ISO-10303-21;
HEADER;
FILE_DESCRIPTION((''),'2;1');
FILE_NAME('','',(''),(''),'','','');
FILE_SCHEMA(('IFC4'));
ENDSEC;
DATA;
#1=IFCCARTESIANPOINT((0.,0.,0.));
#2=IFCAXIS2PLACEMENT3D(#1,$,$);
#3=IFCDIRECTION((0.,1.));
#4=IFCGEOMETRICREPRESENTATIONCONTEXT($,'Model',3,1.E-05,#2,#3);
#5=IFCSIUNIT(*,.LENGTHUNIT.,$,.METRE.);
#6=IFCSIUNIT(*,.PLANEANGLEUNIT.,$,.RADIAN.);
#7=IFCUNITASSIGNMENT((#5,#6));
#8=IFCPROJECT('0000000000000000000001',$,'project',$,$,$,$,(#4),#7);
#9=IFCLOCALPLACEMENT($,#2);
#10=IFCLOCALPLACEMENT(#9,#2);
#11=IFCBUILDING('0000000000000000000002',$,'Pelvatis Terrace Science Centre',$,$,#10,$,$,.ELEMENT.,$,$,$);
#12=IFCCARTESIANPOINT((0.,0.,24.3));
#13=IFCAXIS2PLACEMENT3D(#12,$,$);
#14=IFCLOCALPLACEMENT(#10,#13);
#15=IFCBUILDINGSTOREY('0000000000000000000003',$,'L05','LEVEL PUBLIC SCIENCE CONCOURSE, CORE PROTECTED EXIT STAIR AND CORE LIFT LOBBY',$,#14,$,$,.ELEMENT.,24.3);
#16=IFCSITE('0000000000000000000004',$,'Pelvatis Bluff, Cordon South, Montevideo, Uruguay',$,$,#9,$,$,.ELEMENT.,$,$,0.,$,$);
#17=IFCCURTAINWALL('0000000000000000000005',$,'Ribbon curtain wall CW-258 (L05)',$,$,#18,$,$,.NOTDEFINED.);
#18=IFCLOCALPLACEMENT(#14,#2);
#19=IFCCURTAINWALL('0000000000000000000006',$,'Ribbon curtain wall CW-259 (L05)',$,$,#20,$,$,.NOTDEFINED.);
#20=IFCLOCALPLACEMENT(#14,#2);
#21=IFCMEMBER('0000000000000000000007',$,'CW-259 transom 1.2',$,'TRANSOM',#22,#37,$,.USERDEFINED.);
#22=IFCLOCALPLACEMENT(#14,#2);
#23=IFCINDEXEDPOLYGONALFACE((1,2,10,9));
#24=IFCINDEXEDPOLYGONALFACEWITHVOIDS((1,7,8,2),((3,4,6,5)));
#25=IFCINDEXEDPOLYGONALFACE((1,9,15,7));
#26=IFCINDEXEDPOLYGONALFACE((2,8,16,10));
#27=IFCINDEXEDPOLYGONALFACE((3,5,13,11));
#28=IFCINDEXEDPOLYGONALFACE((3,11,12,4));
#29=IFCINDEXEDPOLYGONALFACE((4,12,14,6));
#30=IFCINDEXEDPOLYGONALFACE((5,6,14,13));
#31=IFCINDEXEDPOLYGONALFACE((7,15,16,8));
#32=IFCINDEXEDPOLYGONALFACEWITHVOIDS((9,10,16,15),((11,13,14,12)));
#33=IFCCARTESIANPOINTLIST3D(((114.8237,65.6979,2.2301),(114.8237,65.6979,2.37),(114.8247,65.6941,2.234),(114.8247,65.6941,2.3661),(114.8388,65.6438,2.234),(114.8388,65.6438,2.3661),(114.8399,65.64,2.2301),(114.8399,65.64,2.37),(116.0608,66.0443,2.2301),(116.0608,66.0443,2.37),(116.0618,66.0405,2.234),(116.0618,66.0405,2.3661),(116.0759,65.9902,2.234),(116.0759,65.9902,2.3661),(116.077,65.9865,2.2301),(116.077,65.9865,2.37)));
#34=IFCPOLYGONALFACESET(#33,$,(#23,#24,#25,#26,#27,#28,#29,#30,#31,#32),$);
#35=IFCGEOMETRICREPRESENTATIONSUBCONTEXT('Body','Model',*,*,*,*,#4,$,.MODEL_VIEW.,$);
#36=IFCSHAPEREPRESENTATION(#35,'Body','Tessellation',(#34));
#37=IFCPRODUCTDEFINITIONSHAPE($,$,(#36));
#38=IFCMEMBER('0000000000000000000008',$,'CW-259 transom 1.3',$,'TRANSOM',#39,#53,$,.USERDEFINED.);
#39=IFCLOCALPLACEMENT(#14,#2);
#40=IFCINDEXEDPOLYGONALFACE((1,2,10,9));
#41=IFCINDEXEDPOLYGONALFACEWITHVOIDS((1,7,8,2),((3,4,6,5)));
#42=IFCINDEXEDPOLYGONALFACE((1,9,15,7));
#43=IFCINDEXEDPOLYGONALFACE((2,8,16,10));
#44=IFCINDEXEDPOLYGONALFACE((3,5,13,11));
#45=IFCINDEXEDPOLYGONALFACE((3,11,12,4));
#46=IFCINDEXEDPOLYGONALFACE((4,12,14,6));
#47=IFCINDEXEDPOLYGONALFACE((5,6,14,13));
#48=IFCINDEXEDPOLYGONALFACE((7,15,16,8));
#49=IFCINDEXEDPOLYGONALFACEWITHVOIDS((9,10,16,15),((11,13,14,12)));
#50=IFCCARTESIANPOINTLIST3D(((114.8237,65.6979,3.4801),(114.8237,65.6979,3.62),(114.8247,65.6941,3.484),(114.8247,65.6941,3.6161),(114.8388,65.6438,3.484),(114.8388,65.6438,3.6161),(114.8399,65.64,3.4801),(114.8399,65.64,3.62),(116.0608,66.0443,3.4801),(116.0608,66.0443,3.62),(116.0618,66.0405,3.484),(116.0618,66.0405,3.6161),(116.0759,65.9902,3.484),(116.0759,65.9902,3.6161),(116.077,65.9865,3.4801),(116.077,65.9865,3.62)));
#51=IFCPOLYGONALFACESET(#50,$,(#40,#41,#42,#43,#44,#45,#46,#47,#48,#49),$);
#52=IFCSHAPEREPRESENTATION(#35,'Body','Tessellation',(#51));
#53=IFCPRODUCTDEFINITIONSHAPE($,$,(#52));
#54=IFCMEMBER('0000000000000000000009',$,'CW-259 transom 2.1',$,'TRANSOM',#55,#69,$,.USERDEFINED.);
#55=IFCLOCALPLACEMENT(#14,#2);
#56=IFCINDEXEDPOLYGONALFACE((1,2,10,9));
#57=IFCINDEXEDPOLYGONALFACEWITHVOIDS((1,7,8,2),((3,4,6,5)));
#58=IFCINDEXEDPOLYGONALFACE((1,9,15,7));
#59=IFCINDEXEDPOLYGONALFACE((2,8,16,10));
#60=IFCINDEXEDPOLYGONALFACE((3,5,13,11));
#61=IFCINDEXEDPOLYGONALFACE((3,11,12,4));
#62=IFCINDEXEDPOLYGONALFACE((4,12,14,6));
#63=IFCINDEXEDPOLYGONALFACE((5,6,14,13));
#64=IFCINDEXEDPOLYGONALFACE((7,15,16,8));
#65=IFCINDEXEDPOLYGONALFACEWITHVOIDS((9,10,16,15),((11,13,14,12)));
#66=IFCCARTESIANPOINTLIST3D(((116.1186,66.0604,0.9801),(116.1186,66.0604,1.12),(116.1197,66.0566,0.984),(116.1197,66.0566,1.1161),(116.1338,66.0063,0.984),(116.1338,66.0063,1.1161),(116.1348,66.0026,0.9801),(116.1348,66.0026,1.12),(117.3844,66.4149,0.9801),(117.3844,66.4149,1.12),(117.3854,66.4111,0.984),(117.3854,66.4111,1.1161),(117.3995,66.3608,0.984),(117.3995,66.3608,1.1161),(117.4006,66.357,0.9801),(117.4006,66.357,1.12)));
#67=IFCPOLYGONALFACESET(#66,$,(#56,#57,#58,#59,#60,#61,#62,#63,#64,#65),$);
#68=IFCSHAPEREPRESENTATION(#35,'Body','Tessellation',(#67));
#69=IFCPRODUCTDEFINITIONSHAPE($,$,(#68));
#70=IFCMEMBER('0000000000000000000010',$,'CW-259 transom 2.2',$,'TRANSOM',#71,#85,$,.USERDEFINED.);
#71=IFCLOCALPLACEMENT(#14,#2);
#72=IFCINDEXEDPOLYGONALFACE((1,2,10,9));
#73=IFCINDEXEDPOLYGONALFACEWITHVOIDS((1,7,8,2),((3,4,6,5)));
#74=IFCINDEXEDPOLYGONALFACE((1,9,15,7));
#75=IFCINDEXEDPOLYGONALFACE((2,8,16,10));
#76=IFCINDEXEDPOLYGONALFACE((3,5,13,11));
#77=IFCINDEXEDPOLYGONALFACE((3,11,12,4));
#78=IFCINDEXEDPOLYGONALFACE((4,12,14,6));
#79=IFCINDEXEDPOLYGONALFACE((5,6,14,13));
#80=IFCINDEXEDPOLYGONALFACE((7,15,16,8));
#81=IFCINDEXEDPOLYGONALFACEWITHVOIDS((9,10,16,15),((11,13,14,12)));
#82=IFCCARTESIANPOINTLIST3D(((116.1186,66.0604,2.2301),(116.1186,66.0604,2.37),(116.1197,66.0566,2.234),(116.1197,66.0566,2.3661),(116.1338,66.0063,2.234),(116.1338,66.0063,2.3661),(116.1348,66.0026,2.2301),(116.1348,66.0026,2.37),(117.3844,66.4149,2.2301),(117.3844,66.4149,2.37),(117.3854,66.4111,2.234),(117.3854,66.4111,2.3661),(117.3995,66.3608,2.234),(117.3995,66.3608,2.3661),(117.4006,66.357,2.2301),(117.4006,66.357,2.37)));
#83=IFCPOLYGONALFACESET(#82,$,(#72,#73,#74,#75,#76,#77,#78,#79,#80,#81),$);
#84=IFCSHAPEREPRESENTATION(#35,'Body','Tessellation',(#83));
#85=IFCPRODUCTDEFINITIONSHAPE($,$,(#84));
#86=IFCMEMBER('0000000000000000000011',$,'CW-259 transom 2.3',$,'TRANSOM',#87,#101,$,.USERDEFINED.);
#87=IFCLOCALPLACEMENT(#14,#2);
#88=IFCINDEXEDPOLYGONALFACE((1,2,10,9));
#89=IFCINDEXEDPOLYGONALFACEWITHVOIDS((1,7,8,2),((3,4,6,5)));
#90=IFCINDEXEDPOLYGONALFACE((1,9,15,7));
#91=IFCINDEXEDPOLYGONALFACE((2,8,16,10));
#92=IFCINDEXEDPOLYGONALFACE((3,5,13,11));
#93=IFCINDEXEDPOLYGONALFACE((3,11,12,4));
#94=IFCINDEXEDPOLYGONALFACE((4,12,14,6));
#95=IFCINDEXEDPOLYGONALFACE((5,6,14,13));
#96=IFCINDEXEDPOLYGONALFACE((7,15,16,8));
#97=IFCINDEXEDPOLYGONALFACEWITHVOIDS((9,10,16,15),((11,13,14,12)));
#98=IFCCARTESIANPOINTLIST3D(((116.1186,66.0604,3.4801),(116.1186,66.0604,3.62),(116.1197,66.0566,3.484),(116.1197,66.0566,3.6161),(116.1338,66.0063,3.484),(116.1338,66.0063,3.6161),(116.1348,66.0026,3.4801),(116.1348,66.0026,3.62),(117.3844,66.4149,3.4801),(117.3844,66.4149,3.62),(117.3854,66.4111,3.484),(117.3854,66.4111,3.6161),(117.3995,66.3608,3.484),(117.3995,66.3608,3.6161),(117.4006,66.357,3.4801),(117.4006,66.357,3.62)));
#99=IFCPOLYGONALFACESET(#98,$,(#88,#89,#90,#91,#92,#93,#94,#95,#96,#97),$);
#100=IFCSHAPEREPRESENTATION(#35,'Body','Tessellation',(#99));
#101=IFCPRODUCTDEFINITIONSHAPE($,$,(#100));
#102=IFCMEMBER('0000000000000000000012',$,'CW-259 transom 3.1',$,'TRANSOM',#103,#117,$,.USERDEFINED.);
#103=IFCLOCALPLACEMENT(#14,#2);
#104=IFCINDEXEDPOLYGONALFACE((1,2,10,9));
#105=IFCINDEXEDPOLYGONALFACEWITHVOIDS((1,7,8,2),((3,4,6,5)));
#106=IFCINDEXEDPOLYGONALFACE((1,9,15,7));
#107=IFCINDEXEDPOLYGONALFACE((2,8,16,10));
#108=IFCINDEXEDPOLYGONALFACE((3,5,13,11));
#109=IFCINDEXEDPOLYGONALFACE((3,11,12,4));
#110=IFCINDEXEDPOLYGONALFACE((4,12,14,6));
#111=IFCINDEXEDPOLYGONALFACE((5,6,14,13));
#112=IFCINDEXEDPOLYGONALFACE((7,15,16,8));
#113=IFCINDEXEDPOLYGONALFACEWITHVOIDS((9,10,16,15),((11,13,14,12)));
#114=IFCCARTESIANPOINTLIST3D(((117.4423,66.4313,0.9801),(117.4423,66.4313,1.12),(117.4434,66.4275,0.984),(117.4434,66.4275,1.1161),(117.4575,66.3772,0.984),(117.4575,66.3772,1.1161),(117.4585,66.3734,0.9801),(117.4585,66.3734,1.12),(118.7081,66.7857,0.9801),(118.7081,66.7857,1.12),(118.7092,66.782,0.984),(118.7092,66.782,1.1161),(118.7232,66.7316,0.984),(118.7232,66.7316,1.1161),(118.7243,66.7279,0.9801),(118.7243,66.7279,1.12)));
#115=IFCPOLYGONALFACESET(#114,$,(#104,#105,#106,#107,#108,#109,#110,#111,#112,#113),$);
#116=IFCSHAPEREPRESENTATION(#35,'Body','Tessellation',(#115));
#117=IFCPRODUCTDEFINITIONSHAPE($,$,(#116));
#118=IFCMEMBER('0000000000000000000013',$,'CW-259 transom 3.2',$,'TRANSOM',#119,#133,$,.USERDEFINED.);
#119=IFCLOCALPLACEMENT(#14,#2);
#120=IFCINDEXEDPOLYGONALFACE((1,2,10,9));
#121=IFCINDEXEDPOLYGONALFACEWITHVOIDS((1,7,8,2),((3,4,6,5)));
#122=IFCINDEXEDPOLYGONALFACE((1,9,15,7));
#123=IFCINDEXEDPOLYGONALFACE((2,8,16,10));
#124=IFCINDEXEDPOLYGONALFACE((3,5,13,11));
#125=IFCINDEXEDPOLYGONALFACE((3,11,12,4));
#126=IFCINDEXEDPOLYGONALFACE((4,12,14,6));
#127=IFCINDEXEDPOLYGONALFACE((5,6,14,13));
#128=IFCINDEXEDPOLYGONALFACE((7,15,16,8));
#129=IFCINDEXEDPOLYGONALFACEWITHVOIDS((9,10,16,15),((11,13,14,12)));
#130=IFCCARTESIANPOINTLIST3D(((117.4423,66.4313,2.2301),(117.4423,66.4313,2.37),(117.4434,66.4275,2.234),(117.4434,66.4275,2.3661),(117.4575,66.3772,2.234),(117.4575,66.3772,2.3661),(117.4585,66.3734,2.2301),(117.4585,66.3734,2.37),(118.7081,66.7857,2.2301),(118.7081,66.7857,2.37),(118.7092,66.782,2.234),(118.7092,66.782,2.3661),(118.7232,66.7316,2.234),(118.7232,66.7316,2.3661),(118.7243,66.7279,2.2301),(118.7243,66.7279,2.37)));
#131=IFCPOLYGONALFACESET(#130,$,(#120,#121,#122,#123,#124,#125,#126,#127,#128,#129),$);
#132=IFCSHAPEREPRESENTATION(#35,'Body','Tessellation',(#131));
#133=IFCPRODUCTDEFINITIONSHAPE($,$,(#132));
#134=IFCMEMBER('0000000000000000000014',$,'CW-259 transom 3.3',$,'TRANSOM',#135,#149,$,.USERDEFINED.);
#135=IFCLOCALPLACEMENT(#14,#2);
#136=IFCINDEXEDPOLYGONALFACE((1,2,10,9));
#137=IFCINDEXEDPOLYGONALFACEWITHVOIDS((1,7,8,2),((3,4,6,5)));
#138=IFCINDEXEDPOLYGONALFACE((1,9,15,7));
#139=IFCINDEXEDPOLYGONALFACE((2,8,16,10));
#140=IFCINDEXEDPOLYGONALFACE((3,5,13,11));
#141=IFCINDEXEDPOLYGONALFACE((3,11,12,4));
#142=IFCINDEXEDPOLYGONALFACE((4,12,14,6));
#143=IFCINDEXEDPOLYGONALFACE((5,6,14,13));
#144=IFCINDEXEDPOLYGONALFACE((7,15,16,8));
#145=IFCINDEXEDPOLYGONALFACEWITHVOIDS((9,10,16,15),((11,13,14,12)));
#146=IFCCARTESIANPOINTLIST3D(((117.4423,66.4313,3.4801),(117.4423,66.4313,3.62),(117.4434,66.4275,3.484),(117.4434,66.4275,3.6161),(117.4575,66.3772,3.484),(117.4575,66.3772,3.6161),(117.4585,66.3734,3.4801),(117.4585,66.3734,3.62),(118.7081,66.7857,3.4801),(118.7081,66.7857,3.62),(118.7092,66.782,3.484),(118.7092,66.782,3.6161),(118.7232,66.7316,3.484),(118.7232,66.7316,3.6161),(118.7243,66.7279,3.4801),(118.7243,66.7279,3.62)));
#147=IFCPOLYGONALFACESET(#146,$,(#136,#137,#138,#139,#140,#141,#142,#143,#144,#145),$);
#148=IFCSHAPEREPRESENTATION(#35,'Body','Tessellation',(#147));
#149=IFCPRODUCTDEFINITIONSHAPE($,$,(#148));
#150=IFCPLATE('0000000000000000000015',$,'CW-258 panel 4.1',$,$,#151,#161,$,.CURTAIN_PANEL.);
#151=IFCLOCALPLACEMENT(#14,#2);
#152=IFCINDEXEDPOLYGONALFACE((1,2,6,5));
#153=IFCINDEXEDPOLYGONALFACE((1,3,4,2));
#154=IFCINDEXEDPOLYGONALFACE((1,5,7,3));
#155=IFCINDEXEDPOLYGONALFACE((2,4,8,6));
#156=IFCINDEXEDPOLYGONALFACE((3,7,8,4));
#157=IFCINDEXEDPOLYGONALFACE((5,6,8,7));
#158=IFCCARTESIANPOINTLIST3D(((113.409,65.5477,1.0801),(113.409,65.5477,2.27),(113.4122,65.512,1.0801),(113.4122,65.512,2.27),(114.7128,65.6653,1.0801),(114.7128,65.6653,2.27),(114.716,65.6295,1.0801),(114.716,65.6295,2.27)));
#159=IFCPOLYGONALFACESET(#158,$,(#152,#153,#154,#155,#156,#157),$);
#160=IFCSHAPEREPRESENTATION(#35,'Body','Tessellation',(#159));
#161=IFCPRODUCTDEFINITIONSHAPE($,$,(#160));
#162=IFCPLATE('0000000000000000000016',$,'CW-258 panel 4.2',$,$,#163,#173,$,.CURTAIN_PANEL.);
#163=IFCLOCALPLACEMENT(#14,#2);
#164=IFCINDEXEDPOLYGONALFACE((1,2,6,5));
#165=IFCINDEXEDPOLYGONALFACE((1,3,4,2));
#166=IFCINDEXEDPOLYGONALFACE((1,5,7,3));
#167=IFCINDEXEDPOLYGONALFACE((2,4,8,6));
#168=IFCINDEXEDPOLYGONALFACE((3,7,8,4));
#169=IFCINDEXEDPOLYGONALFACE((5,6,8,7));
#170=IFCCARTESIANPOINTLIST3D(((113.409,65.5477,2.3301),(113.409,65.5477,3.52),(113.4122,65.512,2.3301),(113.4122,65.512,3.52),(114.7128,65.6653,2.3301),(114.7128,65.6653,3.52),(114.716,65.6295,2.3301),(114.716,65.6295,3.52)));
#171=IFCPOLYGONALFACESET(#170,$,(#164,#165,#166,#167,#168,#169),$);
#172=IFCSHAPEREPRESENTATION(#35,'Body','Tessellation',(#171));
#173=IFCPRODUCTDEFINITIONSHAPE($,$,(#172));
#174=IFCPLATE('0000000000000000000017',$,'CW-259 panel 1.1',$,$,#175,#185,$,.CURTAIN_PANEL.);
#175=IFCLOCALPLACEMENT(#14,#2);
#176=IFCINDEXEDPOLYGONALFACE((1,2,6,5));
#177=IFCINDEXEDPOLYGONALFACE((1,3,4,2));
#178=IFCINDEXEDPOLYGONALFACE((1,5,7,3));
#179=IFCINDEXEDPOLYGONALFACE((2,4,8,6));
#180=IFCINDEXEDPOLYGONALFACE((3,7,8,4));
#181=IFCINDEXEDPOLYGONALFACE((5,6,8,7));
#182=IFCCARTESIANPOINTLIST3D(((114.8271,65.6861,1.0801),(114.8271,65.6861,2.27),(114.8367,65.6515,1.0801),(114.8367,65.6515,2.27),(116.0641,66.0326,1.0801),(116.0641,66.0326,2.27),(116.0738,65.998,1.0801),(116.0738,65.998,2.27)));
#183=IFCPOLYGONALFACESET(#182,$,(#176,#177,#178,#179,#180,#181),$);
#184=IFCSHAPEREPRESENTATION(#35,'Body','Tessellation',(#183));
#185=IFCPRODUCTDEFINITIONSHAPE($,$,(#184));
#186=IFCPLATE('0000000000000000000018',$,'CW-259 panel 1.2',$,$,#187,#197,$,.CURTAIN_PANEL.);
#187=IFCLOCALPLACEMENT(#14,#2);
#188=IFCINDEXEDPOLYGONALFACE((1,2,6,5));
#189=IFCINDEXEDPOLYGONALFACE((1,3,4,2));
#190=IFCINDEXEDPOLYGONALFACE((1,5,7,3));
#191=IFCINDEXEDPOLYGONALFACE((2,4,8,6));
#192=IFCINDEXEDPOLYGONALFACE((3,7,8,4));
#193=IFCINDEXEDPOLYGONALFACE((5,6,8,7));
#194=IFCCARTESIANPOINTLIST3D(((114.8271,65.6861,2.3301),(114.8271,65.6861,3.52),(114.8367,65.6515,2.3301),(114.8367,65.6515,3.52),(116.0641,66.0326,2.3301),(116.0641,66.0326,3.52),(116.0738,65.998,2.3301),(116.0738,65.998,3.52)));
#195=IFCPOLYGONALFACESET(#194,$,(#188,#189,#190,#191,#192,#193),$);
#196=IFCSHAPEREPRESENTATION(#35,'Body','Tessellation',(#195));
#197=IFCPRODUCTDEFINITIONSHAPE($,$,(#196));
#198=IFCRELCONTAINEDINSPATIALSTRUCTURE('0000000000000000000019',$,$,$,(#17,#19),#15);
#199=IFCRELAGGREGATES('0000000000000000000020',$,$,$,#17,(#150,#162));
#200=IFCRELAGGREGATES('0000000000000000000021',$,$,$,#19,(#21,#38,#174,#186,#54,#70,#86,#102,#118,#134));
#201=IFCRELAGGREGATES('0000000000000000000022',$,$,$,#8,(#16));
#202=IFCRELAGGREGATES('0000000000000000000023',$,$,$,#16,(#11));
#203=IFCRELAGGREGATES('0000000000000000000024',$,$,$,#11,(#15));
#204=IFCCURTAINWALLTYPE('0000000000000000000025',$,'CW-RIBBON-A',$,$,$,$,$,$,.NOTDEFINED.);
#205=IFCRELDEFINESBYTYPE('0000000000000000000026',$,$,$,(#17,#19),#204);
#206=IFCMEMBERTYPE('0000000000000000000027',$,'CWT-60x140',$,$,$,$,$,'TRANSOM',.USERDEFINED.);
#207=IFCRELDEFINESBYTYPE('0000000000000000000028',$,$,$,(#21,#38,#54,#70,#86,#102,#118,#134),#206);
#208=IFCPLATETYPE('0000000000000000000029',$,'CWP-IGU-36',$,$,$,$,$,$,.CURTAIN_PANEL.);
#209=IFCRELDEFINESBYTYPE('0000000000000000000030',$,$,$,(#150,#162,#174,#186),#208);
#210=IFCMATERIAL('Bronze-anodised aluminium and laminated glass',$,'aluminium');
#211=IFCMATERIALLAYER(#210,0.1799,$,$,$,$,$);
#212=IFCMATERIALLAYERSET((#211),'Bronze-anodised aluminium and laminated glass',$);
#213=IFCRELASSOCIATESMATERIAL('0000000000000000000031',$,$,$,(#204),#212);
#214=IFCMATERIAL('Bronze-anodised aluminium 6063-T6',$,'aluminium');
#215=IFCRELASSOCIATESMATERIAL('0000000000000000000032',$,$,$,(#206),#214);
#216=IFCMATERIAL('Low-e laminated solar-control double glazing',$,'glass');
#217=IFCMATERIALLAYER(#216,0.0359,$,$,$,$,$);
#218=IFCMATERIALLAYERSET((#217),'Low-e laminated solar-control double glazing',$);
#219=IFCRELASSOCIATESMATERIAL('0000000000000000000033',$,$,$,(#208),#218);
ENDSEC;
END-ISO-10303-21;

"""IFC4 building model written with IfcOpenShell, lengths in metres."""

from ifc_helpers import new_model, si_unit, direction, frame, origin, origin_2d, place, context, subcontext, project, spatial, rectangle, hollow_rectangle, extrude, material, layer, layer_set, material_profile, profile_set, type_object, element, aggregate, save


model = new_model("IFC4")

# Units and contexts
model_context = context("Model", 3, precision=1e-05, world=origin(), true_north=direction((0.0, 1.0)))
body_context = subcontext(model_context, "Body", "Model", "MODEL_VIEW")
ifc_project = project(units=[si_unit("LENGTHUNIT", "METRE"), si_unit("PLANEANGLEUNIT", "RADIAN")], contexts=[model_context])

# Site, building, storey
site_placement = place(None, origin())
site = spatial("IfcSite", under=ifc_project, at=site_placement, Name="Pelvatis Bluff, Cordon South, Montevideo, Uruguay", CompositionType="ELEMENT", RefElevation=0.0)
building_placement = place(site_placement, origin())
building = spatial("IfcBuilding", under=site, at=building_placement, Name="Pelvatis Terrace Science Centre", CompositionType="ELEMENT")
storey_placement = place(building_placement, frame((0.0, 0.0, 24.3)))
storey = spatial("IfcBuildingStorey", under=building, at=storey_placement, Name="L05", Description="LEVEL PUBLIC SCIENCE CONCOURSE, CORE PROTECTED EXIT STAIR AND CORE LIFT LOBBY", CompositionType="ELEMENT", Elevation=24.3)

# Curtain wall
ifc_material_1 = material(Name="Bronze-anodised aluminium and laminated glass", Category="aluminium")
ifc_layer_1 = layer(ifc_material_1, 0.1799)
ifc_layer_set_1 = layer_set([ifc_layer_1], Name="Bronze-anodised aluminium and laminated glass")
curtain_wall_type = type_object("IfcCurtainWallType", Name="CW-RIBBON-A", PredefinedType="NOTDEFINED", material=ifc_layer_set_1)
curtain_wall_1_placement = place(storey_placement, origin())
curtain_wall_1 = element("IfcCurtainWall", 1, at=curtain_wall_1_placement, inside=storey, type_object=curtain_wall_type, Name="Ribbon curtain wall CW-258 (L05)", PredefinedType="NOTDEFINED")

# Curtain wall
curtain_wall_2_placement = place(storey_placement, origin())
curtain_wall_2 = element("IfcCurtainWall", 2, at=curtain_wall_2_placement, inside=storey, type_object=curtain_wall_type, Name="Ribbon curtain wall CW-259 (L05)", PredefinedType="NOTDEFINED")

# Members
ifc_material_2 = material(Name="Bronze-anodised aluminium 6063-T6", Category="aluminium")
ifc_material_profile_1 = material_profile(ifc_material_2, hollow_rectangle(XDim=0.0601, YDim=0.1399, WallThickness=0.0039, at=origin_2d()), Name="ALU-TRN 60x140")
ifc_profile_set_1 = profile_set([ifc_material_profile_1], Name="Bronze-anodised aluminium 6063-T6")
member_type_1 = type_object("IfcMemberType", Name="CWT-60x140", ElementType="TRANSOM", PredefinedType="USERDEFINED", material=ifc_profile_set_1)
member_1_placement = place(storey_placement, frame((114.8318, 65.6689, 2.3), z_axis=(0.962952, 0.269672, 0.0), x_axis=(-0.269672, 0.962952, 0.0)))
member_1 = element("IfcMember", 3, at=member_1_placement, type_object=member_type_1, Name="CW-259 transom 1.2", ObjectType="TRANSOM", PredefinedType="USERDEFINED", context=body_context, shape_type="SweptSolid", body=[
    extrude(hollow_rectangle(XDim=0.0601, YDim=0.1399, WallThickness=0.0039, at=origin_2d()), origin(), (0.0, 0.0, 1.0), 1.2847),
])
member_2_placement = place(storey_placement, frame((114.8318, 65.6689, 3.55), z_axis=(0.962952, 0.269672, 0.0), x_axis=(-0.269672, 0.962952, 0.0)))
member_2 = element("IfcMember", 4, at=member_2_placement, type_object=member_type_1, Name="CW-259 transom 1.3", ObjectType="TRANSOM", PredefinedType="USERDEFINED", context=body_context, shape_type="SweptSolid", body=[
    extrude(hollow_rectangle(XDim=0.0601, YDim=0.1399, WallThickness=0.0039, at=origin_2d()), origin(), (0.0, 0.0, 1.0), 1.2847),
])
member_3_placement = place(storey_placement, frame((116.1267, 66.0315, 1.05), z_axis=(0.962954, 0.269664, 0.0), x_axis=(-0.269664, 0.962954, 0.0)))
member_3 = element("IfcMember", 5, at=member_3_placement, type_object=member_type_1, Name="CW-259 transom 2.1", ObjectType="TRANSOM", PredefinedType="USERDEFINED", context=body_context, shape_type="SweptSolid", body=[
    extrude(hollow_rectangle(XDim=0.0601, YDim=0.1399, WallThickness=0.0039, at=origin_2d()), origin(), (0.0, 0.0, 1.0), 1.3145),
])
member_4_placement = place(storey_placement, frame((116.1267, 66.0315, 2.3), z_axis=(0.962954, 0.269664, 0.0), x_axis=(-0.269664, 0.962954, 0.0)))
member_4 = element("IfcMember", 6, at=member_4_placement, type_object=member_type_1, Name="CW-259 transom 2.2", ObjectType="TRANSOM", PredefinedType="USERDEFINED", context=body_context, shape_type="SweptSolid", body=[
    extrude(hollow_rectangle(XDim=0.0601, YDim=0.1399, WallThickness=0.0039, at=origin_2d()), origin(), (0.0, 0.0, 1.0), 1.3145),
])
member_5_placement = place(storey_placement, frame((116.1267, 66.0315, 3.55), z_axis=(0.962954, 0.269664, 0.0), x_axis=(-0.269664, 0.962954, 0.0)))
member_5 = element("IfcMember", 7, at=member_5_placement, type_object=member_type_1, Name="CW-259 transom 2.3", ObjectType="TRANSOM", PredefinedType="USERDEFINED", context=body_context, shape_type="SweptSolid", body=[
    extrude(hollow_rectangle(XDim=0.0601, YDim=0.1399, WallThickness=0.0039, at=origin_2d()), origin(), (0.0, 0.0, 1.0), 1.3145),
])
member_6_placement = place(storey_placement, frame((117.4504, 66.4023, 1.05), z_axis=(0.962954, 0.269664, 0.0), x_axis=(-0.269664, 0.962954, 0.0)))
member_6 = element("IfcMember", 8, at=member_6_placement, type_object=member_type_1, Name="CW-259 transom 3.1", ObjectType="TRANSOM", PredefinedType="USERDEFINED", context=body_context, shape_type="SweptSolid", body=[
    extrude(hollow_rectangle(XDim=0.0601, YDim=0.1399, WallThickness=0.0039, at=origin_2d()), origin(), (0.0, 0.0, 1.0), 1.3145),
])
member_7_placement = place(storey_placement, frame((117.4504, 66.4023, 2.3), z_axis=(0.962954, 0.269664, 0.0), x_axis=(-0.269664, 0.962954, 0.0)))
member_7 = element("IfcMember", 9, at=member_7_placement, type_object=member_type_1, Name="CW-259 transom 3.2", ObjectType="TRANSOM", PredefinedType="USERDEFINED", context=body_context, shape_type="SweptSolid", body=[
    extrude(hollow_rectangle(XDim=0.0601, YDim=0.1399, WallThickness=0.0039, at=origin_2d()), origin(), (0.0, 0.0, 1.0), 1.3145),
])
member_8_placement = place(storey_placement, frame((117.4504, 66.4023, 3.55), z_axis=(0.962954, 0.269664, 0.0), x_axis=(-0.269664, 0.962954, 0.0)))
member_8 = element("IfcMember", 10, at=member_8_placement, type_object=member_type_1, Name="CW-259 transom 3.3", ObjectType="TRANSOM", PredefinedType="USERDEFINED", context=body_context, shape_type="SweptSolid", body=[
    extrude(hollow_rectangle(XDim=0.0601, YDim=0.1399, WallThickness=0.0039, at=origin_2d()), origin(), (0.0, 0.0, 1.0), 1.3145),
])

# Plates
ifc_material_3 = material(Name="Low-e laminated solar-control double glazing", Category="glass")
ifc_layer_2 = layer(ifc_material_3, 0.0359)
ifc_layer_set_2 = layer_set([ifc_layer_2], Name="Low-e laminated solar-control double glazing")
plate_type = type_object("IfcPlateType", Name="CWP-IGU-36", PredefinedType="CURTAIN_PANEL", material=ifc_layer_set_2)
plate_1_placement = place(storey_placement, frame((114.0625, 65.5886, 1.0801), z_axis=(0.0, 0.0, 1.0), x_axis=(0.995958, 0.08982, 0.0)))
plate_1 = element("IfcPlate", 11, at=plate_1_placement, type_object=plate_type, Name="CW-258 panel 4.1", PredefinedType="CURTAIN_PANEL", context=body_context, shape_type="SweptSolid", body=[
    extrude(rectangle(XDim=1.3091, YDim=0.0359, at=origin_2d()), origin(), (0.0, 0.0, 1.0), 1.1899),
])
plate_2_placement = place(storey_placement, frame((114.0625, 65.5886, 2.3301), z_axis=(0.0, 0.0, 1.0), x_axis=(0.995958, 0.08982, 0.0)))
plate_2 = element("IfcPlate", 12, at=plate_2_placement, type_object=plate_type, Name="CW-258 panel 4.2", PredefinedType="CURTAIN_PANEL", context=body_context, shape_type="SweptSolid", body=[
    extrude(rectangle(XDim=1.3091, YDim=0.0359, at=origin_2d()), origin(), (0.0, 0.0, 1.0), 1.1899),
])
aggregate(curtain_wall_1, [plate_1, plate_2])
plate_3_placement = place(storey_placement, frame((115.4504, 65.842, 1.0801), z_axis=(0.0, 0.0, 1.0), x_axis=(0.962946, 0.269695, 0.0)))
plate_3 = element("IfcPlate", 13, at=plate_3_placement, type_object=plate_type, Name="CW-259 panel 1.1", PredefinedType="CURTAIN_PANEL", context=body_context, shape_type="SweptSolid", body=[
    extrude(rectangle(XDim=1.2847, YDim=0.0359, at=origin_2d()), origin(), (0.0, 0.0, 1.0), 1.1899),
])
plate_4_placement = place(storey_placement, frame((115.4504, 65.842, 2.3301), z_axis=(0.0, 0.0, 1.0), x_axis=(0.962946, 0.269695, 0.0)))
plate_4 = element("IfcPlate", 14, at=plate_4_placement, type_object=plate_type, Name="CW-259 panel 1.2", PredefinedType="CURTAIN_PANEL", context=body_context, shape_type="SweptSolid", body=[
    extrude(rectangle(XDim=1.2847, YDim=0.0359, at=origin_2d()), origin(), (0.0, 0.0, 1.0), 1.1899),
])
aggregate(curtain_wall_2, [member_1, member_2, plate_3, plate_4, member_3, member_4, member_5, member_6, member_7, member_8])

save(model, "model.ifc")
